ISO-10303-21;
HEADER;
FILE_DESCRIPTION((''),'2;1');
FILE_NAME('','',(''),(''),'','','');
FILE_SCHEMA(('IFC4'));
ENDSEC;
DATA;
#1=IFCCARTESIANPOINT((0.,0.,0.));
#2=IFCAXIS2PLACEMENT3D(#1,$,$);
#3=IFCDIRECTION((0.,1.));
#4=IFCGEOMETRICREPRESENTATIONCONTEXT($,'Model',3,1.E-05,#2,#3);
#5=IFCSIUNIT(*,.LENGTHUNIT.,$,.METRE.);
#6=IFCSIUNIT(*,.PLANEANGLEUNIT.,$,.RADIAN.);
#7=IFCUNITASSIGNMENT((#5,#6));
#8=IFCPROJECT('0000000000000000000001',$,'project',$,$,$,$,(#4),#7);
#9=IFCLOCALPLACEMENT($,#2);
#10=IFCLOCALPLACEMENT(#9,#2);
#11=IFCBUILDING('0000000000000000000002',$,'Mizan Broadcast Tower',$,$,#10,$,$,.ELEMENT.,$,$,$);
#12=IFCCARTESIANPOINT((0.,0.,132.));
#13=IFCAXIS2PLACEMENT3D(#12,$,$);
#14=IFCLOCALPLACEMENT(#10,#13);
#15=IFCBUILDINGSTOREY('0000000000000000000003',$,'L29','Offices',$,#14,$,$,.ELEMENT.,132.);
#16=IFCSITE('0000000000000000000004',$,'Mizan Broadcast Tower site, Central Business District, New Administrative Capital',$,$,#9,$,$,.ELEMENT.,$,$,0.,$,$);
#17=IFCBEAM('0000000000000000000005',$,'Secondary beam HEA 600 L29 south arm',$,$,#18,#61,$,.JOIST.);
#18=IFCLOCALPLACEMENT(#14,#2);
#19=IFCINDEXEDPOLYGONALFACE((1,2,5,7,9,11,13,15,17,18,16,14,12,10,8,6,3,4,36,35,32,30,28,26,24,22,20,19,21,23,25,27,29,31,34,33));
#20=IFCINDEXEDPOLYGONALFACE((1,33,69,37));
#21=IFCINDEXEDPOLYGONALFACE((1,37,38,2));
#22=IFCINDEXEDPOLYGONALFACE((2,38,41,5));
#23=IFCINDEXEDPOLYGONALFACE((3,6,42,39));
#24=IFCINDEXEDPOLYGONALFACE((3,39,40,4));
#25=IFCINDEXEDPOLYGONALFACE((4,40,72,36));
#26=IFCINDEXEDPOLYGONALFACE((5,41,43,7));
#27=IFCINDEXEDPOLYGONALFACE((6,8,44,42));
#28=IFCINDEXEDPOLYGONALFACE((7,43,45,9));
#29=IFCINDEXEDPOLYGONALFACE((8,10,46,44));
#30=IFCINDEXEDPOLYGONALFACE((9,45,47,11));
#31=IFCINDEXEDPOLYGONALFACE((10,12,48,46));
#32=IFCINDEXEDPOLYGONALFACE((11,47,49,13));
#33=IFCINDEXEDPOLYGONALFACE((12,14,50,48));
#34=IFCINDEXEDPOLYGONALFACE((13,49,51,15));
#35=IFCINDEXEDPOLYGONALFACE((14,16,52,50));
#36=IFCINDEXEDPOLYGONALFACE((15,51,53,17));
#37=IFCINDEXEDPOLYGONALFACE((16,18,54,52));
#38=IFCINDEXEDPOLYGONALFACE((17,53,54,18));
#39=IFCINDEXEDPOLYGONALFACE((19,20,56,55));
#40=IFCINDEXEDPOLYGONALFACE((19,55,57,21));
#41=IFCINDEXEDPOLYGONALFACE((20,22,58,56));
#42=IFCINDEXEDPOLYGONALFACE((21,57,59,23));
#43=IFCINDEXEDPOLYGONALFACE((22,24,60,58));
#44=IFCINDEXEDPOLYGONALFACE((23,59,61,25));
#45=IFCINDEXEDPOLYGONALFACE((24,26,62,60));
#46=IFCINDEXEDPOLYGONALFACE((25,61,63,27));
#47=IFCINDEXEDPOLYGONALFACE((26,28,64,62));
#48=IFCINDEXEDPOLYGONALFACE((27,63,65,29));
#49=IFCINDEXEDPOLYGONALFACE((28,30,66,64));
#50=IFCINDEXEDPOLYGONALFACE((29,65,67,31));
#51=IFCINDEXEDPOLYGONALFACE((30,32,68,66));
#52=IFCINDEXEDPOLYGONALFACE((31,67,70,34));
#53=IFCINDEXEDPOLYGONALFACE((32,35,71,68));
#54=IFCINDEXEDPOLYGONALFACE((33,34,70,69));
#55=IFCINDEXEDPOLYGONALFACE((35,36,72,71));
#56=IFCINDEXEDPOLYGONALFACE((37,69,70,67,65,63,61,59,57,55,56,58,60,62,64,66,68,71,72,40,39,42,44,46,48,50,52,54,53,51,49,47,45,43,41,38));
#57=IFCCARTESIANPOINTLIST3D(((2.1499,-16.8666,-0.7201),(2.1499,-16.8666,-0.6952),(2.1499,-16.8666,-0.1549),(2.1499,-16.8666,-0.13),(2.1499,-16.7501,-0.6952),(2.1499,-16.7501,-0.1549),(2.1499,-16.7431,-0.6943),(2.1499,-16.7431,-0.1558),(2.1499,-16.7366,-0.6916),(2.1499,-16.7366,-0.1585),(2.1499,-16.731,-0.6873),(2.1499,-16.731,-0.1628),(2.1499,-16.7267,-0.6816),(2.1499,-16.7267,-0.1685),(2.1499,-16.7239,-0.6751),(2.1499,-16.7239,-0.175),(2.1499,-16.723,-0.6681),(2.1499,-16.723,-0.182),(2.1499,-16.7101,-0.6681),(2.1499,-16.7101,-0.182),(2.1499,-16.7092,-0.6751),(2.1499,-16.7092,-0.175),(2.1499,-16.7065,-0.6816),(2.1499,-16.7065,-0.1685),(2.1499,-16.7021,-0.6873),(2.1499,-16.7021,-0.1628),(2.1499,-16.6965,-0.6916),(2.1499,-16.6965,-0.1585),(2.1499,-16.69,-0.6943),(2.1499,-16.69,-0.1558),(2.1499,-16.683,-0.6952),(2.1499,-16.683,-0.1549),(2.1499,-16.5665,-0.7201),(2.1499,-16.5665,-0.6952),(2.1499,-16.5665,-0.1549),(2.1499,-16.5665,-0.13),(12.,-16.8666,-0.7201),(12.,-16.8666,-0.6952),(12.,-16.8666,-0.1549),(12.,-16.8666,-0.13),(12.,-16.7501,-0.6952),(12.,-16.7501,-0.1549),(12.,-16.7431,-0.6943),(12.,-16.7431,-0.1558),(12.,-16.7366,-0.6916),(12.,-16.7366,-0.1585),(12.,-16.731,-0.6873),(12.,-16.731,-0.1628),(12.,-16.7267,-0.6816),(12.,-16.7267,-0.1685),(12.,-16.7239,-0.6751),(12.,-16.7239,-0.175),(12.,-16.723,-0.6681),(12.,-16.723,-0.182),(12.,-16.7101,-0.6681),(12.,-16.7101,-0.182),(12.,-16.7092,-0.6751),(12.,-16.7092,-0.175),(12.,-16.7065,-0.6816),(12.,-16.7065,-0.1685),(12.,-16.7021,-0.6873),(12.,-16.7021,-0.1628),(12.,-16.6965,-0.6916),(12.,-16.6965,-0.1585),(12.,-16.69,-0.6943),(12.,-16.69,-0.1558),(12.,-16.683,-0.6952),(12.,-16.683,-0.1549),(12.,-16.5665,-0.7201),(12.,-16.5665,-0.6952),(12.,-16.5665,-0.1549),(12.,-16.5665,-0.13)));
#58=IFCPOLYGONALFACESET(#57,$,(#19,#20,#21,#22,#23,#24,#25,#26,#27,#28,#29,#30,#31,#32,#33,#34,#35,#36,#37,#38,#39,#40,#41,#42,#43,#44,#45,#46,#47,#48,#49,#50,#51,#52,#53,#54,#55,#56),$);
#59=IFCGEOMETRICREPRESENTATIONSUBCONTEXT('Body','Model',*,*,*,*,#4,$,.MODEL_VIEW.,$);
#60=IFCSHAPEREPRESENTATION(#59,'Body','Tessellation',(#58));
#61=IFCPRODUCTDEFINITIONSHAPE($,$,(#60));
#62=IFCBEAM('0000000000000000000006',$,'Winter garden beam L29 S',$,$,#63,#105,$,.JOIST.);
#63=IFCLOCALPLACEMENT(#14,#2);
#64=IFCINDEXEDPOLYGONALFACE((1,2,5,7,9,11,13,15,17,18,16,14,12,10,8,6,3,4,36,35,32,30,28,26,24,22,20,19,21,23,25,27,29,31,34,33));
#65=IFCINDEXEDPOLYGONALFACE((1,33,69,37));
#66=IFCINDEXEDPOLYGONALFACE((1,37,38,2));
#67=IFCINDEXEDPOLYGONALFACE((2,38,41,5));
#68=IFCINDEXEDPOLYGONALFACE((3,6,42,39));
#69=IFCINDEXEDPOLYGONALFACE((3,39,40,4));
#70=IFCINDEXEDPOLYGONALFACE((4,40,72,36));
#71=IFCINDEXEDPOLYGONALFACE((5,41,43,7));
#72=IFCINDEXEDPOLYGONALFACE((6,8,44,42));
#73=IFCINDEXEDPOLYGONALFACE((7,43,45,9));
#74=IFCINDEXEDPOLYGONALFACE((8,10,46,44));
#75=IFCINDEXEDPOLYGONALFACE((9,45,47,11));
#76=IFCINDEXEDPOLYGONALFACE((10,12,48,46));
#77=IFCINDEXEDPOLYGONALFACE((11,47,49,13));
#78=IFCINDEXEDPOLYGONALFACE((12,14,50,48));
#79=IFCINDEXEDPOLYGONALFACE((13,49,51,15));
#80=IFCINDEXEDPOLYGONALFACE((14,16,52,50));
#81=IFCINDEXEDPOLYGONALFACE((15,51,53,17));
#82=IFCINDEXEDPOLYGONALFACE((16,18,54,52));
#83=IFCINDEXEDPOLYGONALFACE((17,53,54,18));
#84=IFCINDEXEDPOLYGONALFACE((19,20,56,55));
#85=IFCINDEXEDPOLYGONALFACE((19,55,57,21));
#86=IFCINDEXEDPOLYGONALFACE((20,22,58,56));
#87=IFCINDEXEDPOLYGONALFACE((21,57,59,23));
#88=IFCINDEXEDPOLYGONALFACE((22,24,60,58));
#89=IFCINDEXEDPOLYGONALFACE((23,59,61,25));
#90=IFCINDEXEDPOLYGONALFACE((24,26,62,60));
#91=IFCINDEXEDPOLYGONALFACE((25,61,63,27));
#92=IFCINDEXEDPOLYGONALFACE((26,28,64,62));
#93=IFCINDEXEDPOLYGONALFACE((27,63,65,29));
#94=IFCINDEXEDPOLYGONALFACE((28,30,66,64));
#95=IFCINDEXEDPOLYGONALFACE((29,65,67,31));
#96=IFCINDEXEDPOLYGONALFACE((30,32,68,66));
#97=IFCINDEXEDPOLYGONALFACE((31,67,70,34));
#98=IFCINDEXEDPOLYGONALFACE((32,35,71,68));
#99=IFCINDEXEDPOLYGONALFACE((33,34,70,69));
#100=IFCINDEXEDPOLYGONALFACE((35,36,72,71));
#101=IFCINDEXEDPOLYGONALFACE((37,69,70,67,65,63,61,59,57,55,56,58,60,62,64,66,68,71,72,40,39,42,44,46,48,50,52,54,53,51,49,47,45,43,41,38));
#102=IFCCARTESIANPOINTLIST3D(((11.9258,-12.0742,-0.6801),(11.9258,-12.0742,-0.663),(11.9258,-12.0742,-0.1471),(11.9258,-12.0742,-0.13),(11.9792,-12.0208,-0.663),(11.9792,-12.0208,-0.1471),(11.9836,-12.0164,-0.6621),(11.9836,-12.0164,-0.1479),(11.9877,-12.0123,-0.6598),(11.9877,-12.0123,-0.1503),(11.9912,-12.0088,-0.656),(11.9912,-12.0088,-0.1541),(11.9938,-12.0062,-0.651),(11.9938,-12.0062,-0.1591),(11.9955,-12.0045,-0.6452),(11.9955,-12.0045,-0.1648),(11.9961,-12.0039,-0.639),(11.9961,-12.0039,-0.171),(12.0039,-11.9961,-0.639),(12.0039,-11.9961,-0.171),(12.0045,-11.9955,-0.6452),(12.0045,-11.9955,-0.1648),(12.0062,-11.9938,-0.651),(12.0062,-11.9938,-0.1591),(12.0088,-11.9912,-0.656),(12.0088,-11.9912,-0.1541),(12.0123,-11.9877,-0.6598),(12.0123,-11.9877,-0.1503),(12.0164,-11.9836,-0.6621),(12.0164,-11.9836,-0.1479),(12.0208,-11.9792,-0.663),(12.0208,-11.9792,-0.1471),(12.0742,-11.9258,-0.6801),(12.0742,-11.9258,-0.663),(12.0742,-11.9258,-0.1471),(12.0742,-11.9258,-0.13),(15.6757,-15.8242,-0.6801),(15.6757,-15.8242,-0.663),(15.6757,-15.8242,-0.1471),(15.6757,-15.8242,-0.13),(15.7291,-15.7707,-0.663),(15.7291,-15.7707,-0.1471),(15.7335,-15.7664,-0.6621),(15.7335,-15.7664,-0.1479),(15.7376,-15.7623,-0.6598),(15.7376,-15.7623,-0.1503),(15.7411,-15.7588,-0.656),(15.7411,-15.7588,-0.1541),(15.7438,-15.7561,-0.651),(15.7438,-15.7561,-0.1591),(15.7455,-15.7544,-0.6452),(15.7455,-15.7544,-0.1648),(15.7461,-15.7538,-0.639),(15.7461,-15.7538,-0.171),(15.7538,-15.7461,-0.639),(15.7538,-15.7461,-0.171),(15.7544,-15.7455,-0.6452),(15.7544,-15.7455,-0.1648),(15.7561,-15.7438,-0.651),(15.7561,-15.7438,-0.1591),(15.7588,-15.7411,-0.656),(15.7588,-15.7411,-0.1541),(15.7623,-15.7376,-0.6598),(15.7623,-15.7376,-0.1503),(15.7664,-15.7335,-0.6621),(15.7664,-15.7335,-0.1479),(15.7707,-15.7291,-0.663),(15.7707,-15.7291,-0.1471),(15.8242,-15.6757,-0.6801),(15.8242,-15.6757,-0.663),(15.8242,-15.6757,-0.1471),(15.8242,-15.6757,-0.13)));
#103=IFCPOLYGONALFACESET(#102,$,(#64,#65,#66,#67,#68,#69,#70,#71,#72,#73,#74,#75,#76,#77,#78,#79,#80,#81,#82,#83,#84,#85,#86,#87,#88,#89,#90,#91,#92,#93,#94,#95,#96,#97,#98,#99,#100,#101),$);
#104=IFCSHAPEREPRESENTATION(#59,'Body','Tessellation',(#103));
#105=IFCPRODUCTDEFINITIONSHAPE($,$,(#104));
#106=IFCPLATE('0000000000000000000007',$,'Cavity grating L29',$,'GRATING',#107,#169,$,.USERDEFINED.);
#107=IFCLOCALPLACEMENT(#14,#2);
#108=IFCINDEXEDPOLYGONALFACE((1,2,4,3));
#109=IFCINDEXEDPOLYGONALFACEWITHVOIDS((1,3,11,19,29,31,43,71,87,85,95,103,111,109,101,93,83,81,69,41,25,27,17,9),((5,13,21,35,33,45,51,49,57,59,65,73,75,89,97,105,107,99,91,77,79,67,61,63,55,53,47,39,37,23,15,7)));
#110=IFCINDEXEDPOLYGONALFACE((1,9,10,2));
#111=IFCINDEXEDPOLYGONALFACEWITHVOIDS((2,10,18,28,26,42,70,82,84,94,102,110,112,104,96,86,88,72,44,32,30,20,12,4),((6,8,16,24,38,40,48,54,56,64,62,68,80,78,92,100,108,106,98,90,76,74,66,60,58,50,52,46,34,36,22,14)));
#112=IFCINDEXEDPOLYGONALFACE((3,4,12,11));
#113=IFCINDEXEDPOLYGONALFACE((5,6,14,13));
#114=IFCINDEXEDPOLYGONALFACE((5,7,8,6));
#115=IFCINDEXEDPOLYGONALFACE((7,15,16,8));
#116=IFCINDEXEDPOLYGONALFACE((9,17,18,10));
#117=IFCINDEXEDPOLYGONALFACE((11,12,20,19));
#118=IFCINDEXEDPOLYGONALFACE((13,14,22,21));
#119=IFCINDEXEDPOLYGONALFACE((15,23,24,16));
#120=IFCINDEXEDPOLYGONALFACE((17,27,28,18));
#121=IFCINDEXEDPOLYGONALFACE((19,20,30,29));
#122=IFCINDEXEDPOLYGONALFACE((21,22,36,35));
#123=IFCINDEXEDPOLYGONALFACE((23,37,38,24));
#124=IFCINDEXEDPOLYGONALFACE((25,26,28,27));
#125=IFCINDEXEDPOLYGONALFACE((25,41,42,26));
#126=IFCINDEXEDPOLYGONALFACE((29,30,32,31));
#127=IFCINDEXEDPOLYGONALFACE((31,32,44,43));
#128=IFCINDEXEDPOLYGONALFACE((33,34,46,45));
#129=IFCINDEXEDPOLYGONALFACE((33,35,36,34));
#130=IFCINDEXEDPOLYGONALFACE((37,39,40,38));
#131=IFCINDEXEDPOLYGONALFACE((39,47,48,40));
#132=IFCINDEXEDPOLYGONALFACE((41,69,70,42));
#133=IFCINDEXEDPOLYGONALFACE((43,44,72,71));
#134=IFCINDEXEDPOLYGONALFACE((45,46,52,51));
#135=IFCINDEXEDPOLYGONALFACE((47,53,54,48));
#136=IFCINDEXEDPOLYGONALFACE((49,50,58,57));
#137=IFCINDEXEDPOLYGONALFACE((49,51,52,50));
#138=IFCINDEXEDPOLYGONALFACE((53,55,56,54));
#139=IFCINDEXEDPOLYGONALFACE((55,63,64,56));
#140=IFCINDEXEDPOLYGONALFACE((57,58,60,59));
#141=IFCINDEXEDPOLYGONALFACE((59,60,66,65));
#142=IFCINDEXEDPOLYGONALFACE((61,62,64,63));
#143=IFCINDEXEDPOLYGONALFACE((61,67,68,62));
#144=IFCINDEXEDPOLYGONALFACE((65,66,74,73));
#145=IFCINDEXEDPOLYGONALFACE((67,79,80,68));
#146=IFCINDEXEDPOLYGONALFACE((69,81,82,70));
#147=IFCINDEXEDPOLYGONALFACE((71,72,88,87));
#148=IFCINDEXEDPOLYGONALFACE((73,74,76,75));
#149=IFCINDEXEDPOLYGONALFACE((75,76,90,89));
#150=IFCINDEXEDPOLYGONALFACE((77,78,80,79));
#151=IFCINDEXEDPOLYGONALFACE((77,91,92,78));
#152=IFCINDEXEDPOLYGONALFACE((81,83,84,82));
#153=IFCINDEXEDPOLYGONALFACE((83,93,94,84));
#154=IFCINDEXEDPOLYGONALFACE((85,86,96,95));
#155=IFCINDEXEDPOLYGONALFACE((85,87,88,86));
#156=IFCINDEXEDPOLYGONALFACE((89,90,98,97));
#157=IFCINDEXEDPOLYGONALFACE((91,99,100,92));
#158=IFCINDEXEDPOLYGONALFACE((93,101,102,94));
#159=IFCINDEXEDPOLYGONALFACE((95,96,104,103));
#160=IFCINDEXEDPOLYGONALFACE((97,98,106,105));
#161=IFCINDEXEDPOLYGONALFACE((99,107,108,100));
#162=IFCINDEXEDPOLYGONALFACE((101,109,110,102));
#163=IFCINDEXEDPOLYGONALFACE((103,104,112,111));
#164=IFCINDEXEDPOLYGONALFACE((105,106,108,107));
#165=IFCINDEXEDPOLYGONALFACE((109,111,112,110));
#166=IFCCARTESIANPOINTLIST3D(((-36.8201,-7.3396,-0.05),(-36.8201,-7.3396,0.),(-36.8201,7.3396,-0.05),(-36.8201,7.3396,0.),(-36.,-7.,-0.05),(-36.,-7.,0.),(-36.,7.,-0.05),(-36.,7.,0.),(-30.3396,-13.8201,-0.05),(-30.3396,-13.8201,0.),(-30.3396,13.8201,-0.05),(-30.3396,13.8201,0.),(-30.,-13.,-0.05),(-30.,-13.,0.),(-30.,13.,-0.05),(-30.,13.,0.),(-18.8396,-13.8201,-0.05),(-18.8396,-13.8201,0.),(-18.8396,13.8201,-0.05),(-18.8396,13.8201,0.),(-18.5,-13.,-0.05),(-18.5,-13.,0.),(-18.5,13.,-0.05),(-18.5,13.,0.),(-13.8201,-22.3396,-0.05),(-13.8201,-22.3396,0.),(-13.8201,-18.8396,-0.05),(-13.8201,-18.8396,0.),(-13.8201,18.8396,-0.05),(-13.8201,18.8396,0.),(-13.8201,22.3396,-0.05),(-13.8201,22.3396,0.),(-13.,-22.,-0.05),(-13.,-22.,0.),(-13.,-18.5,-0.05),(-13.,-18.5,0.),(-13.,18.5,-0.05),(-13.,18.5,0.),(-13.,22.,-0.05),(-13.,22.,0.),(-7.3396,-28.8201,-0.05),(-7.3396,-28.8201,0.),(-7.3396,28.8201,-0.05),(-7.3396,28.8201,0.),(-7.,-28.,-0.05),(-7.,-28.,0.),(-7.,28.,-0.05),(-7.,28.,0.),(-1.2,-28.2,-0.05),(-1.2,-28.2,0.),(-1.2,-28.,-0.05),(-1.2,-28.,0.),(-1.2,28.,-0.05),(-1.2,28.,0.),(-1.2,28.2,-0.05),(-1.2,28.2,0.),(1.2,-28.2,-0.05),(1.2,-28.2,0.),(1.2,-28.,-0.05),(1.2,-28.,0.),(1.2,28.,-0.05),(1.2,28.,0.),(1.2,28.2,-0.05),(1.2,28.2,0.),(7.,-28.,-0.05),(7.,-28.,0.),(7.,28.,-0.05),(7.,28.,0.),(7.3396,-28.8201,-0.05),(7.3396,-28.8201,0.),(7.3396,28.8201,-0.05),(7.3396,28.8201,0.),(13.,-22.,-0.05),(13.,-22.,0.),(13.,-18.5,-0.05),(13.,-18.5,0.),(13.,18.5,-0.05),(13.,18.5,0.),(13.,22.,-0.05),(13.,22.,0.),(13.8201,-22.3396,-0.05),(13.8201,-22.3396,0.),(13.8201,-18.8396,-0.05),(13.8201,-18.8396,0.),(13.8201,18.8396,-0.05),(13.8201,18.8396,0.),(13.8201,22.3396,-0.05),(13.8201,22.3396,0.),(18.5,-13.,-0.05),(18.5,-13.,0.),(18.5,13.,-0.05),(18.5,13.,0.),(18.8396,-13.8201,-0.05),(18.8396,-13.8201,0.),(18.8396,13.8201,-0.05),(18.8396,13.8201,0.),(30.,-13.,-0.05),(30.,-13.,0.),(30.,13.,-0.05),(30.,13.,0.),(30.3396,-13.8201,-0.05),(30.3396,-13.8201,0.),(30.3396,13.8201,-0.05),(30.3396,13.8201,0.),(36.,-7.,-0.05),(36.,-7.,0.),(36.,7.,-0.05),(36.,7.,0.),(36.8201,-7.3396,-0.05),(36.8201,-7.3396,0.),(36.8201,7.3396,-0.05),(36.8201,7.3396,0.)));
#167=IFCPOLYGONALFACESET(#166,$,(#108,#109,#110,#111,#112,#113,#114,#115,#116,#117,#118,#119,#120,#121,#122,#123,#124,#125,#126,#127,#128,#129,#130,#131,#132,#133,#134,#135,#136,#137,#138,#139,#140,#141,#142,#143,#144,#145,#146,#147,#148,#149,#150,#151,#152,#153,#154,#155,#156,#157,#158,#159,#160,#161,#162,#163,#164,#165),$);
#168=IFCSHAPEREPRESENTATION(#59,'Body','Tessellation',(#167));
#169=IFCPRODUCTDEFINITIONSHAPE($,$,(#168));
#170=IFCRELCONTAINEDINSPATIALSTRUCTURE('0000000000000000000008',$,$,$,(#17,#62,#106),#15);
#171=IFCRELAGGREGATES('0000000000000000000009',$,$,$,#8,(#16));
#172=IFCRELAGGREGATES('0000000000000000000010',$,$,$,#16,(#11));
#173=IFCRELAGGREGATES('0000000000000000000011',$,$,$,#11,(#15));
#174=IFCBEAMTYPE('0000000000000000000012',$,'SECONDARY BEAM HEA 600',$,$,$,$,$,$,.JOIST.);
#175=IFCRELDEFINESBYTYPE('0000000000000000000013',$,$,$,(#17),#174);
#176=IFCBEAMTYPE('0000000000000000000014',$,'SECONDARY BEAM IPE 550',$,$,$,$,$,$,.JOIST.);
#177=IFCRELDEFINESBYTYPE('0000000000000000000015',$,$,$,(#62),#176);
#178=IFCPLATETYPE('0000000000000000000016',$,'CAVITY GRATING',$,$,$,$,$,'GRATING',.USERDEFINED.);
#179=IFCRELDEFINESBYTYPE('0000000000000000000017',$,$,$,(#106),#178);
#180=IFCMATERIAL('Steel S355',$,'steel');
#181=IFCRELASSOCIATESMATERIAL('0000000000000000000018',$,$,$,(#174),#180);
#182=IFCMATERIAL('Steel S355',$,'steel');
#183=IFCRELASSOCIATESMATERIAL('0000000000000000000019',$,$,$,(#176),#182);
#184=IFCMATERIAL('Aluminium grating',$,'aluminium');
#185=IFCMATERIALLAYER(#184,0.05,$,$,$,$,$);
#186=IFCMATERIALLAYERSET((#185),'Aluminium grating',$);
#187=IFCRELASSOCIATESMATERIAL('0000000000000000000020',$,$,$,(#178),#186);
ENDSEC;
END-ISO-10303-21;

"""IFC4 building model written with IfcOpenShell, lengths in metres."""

from ifc_helpers import new_model, si_unit, direction, frame, origin, origin_2d, place, context, subcontext, project, spatial, polyline, i_section, outline, extrude, material, layer, layer_set, material_profile, profile_set, type_object, element, save


model = new_model("IFC4")

# Units and contexts
model_context = context("Model", 3, precision=1e-05, world=origin(), true_north=direction((0.0, 1.0)))
body_context = subcontext(model_context, "Body", "Model", "MODEL_VIEW")
ifc_project = project(units=[si_unit("LENGTHUNIT", "METRE"), si_unit("PLANEANGLEUNIT", "RADIAN")], contexts=[model_context])

# Site, building, storey
site_placement = place(None, origin())
site = spatial("IfcSite", under=ifc_project, at=site_placement, Name="Mizan Broadcast Tower site, Central Business District, New Administrative Capital", CompositionType="ELEMENT", RefElevation=0.0)
building_placement = place(site_placement, origin())
building = spatial("IfcBuilding", under=site, at=building_placement, Name="Mizan Broadcast Tower", CompositionType="ELEMENT")
storey_placement = place(building_placement, frame((0.0, 0.0, 132.0)))
storey = spatial("IfcBuildingStorey", under=building, at=storey_placement, Name="L29", Description="Offices", CompositionType="ELEMENT", Elevation=132.0)

# Beams
ifc_material_1 = material(Name="Steel S355", Category="steel")
ifc_material_profile_1 = material_profile(ifc_material_1, i_section(OverallWidth=0.3, OverallDepth=0.5901, WebThickness=0.0129, FlangeThickness=0.0249, FilletRadius=0.0271, at=origin_2d()), Name="HEA 600")
ifc_profile_set_1 = profile_set([ifc_material_profile_1], Name="Steel S355")
beam_type_1 = type_object("IfcBeamType", Name="SECONDARY BEAM HEA 600", PredefinedType="JOIST", material=ifc_profile_set_1)
for number, where, z_axis, x_axis, name in (
    (1, (12.0, -16.7166, -0.425), (-1.0, 0.0, 0.0), (0.0, -1.0, 0.0), "Secondary beam HEA 600 L29 south arm"),
):
    element("IfcBeam", number, at=place(storey_placement, frame(where, z_axis=z_axis, x_axis=x_axis)), inside=storey, type_object=beam_type_1, Name=name, PredefinedType="JOIST", context=body_context, shape_type="SweptSolid", body=[
        extrude(i_section(OverallWidth=0.3, OverallDepth=0.5901, WebThickness=0.0129, FlangeThickness=0.0249, FilletRadius=0.0271, at=origin_2d()), origin(), (0.0, 0.0, 1.0), 9.8501),
    ])
ifc_material_2 = material(Name="Steel S355", Category="steel")
ifc_material_profile_2 = material_profile(ifc_material_2, i_section(OverallWidth=0.21, OverallDepth=0.55, WebThickness=0.011, FlangeThickness=0.0171, FilletRadius=0.0239, at=origin_2d()), Name="IPE 550")
ifc_profile_set_2 = profile_set([ifc_material_profile_2], Name="Steel S355")
beam_type_2 = type_object("IfcBeamType", Name="SECONDARY BEAM IPE 550", PredefinedType="JOIST", material=ifc_profile_set_2)
beam_1_placement = place(storey_placement, frame((12.0, -12.0, -0.405), z_axis=(0.707107, -0.707107, 0.0), x_axis=(0.707107, 0.707107, 0.0)))
element("IfcBeam", 2, at=beam_1_placement, inside=storey, type_object=beam_type_2, Name="Winter garden beam L29 S", PredefinedType="JOIST", context=body_context, shape_type="SweptSolid", body=[
    extrude(i_section(OverallWidth=0.21, OverallDepth=0.55, WebThickness=0.011, FlangeThickness=0.0171, FilletRadius=0.0239, at=origin_2d()), origin(), (0.0, 0.0, 1.0), 5.3032),
])

# Plate
ifc_material_3 = material(Name="Aluminium grating", Category="aluminium")
ifc_layer_1 = layer(ifc_material_3, 0.05)
ifc_layer_set_1 = layer_set([ifc_layer_1], Name="Aluminium grating")
plate_type = type_object("IfcPlateType", Name="CAVITY GRATING", ElementType="GRATING", PredefinedType="USERDEFINED", material=ifc_layer_set_1)
plate_placement = place(storey_placement, frame((0.0, 0.0, -0.05)))
element("IfcPlate", 3, at=plate_placement, inside=storey, type_object=plate_type, Name="Cavity grating L29", ObjectType="GRATING", PredefinedType="USERDEFINED", context=body_context, shape_type="SweptSolid", body=[
    extrude(outline(polyline([(13.8201, -18.8396), (18.8396, -13.8201), (30.3396, -13.8201), (36.8201, -7.3396), (36.8201, 7.3396), (30.3396, 13.8201), (18.8396, 13.8201), (13.8201, 18.8396), (13.8201, 22.3396), (7.3396, 28.8201), (-7.3396, 28.8201), (-13.8201, 22.3396), (-13.8201, 18.8396), (-18.8396, 13.8201), (-30.3396, 13.8201), (-36.8201, 7.3396), (-36.8201, -7.3396), (-30.3396, -13.8201), (-18.8396, -13.8201), (-13.8201, -18.8396), (-13.8201, -22.3396), (-7.3396, -28.8201), (7.3396, -28.8201), (13.8201, -22.3396), (13.8201, -18.8396)]), holes=[polyline([(36.0, 7.0), (36.0, -7.0), (30.0, -13.0), (18.5, -13.0), (13.0, -18.5), (13.0, -22.0), (7.0, -28.0), (1.2, -28.0), (1.2, -28.2), (-1.2, -28.2), (-1.2, -28.0), (-7.0, -28.0), (-13.0, -22.0), (-13.0, -18.5), (-18.5, -13.0), (-30.0, -13.0), (-36.0, -7.0), (-36.0, 7.0), (-30.0, 13.0), (-18.5, 13.0), (-13.0, 18.5), (-13.0, 22.0), (-7.0, 28.0), (-1.2, 28.0), (-1.2, 28.2), (1.2, 28.2), (1.2, 28.0), (7.0, 28.0), (13.0, 22.0), (13.0, 18.5), (18.5, 13.0), (30.0, 13.0), (36.0, 7.0)])]), origin(), (0.0, 0.0, 1.0), 0.05),
])

save(model, "model.ifc")
